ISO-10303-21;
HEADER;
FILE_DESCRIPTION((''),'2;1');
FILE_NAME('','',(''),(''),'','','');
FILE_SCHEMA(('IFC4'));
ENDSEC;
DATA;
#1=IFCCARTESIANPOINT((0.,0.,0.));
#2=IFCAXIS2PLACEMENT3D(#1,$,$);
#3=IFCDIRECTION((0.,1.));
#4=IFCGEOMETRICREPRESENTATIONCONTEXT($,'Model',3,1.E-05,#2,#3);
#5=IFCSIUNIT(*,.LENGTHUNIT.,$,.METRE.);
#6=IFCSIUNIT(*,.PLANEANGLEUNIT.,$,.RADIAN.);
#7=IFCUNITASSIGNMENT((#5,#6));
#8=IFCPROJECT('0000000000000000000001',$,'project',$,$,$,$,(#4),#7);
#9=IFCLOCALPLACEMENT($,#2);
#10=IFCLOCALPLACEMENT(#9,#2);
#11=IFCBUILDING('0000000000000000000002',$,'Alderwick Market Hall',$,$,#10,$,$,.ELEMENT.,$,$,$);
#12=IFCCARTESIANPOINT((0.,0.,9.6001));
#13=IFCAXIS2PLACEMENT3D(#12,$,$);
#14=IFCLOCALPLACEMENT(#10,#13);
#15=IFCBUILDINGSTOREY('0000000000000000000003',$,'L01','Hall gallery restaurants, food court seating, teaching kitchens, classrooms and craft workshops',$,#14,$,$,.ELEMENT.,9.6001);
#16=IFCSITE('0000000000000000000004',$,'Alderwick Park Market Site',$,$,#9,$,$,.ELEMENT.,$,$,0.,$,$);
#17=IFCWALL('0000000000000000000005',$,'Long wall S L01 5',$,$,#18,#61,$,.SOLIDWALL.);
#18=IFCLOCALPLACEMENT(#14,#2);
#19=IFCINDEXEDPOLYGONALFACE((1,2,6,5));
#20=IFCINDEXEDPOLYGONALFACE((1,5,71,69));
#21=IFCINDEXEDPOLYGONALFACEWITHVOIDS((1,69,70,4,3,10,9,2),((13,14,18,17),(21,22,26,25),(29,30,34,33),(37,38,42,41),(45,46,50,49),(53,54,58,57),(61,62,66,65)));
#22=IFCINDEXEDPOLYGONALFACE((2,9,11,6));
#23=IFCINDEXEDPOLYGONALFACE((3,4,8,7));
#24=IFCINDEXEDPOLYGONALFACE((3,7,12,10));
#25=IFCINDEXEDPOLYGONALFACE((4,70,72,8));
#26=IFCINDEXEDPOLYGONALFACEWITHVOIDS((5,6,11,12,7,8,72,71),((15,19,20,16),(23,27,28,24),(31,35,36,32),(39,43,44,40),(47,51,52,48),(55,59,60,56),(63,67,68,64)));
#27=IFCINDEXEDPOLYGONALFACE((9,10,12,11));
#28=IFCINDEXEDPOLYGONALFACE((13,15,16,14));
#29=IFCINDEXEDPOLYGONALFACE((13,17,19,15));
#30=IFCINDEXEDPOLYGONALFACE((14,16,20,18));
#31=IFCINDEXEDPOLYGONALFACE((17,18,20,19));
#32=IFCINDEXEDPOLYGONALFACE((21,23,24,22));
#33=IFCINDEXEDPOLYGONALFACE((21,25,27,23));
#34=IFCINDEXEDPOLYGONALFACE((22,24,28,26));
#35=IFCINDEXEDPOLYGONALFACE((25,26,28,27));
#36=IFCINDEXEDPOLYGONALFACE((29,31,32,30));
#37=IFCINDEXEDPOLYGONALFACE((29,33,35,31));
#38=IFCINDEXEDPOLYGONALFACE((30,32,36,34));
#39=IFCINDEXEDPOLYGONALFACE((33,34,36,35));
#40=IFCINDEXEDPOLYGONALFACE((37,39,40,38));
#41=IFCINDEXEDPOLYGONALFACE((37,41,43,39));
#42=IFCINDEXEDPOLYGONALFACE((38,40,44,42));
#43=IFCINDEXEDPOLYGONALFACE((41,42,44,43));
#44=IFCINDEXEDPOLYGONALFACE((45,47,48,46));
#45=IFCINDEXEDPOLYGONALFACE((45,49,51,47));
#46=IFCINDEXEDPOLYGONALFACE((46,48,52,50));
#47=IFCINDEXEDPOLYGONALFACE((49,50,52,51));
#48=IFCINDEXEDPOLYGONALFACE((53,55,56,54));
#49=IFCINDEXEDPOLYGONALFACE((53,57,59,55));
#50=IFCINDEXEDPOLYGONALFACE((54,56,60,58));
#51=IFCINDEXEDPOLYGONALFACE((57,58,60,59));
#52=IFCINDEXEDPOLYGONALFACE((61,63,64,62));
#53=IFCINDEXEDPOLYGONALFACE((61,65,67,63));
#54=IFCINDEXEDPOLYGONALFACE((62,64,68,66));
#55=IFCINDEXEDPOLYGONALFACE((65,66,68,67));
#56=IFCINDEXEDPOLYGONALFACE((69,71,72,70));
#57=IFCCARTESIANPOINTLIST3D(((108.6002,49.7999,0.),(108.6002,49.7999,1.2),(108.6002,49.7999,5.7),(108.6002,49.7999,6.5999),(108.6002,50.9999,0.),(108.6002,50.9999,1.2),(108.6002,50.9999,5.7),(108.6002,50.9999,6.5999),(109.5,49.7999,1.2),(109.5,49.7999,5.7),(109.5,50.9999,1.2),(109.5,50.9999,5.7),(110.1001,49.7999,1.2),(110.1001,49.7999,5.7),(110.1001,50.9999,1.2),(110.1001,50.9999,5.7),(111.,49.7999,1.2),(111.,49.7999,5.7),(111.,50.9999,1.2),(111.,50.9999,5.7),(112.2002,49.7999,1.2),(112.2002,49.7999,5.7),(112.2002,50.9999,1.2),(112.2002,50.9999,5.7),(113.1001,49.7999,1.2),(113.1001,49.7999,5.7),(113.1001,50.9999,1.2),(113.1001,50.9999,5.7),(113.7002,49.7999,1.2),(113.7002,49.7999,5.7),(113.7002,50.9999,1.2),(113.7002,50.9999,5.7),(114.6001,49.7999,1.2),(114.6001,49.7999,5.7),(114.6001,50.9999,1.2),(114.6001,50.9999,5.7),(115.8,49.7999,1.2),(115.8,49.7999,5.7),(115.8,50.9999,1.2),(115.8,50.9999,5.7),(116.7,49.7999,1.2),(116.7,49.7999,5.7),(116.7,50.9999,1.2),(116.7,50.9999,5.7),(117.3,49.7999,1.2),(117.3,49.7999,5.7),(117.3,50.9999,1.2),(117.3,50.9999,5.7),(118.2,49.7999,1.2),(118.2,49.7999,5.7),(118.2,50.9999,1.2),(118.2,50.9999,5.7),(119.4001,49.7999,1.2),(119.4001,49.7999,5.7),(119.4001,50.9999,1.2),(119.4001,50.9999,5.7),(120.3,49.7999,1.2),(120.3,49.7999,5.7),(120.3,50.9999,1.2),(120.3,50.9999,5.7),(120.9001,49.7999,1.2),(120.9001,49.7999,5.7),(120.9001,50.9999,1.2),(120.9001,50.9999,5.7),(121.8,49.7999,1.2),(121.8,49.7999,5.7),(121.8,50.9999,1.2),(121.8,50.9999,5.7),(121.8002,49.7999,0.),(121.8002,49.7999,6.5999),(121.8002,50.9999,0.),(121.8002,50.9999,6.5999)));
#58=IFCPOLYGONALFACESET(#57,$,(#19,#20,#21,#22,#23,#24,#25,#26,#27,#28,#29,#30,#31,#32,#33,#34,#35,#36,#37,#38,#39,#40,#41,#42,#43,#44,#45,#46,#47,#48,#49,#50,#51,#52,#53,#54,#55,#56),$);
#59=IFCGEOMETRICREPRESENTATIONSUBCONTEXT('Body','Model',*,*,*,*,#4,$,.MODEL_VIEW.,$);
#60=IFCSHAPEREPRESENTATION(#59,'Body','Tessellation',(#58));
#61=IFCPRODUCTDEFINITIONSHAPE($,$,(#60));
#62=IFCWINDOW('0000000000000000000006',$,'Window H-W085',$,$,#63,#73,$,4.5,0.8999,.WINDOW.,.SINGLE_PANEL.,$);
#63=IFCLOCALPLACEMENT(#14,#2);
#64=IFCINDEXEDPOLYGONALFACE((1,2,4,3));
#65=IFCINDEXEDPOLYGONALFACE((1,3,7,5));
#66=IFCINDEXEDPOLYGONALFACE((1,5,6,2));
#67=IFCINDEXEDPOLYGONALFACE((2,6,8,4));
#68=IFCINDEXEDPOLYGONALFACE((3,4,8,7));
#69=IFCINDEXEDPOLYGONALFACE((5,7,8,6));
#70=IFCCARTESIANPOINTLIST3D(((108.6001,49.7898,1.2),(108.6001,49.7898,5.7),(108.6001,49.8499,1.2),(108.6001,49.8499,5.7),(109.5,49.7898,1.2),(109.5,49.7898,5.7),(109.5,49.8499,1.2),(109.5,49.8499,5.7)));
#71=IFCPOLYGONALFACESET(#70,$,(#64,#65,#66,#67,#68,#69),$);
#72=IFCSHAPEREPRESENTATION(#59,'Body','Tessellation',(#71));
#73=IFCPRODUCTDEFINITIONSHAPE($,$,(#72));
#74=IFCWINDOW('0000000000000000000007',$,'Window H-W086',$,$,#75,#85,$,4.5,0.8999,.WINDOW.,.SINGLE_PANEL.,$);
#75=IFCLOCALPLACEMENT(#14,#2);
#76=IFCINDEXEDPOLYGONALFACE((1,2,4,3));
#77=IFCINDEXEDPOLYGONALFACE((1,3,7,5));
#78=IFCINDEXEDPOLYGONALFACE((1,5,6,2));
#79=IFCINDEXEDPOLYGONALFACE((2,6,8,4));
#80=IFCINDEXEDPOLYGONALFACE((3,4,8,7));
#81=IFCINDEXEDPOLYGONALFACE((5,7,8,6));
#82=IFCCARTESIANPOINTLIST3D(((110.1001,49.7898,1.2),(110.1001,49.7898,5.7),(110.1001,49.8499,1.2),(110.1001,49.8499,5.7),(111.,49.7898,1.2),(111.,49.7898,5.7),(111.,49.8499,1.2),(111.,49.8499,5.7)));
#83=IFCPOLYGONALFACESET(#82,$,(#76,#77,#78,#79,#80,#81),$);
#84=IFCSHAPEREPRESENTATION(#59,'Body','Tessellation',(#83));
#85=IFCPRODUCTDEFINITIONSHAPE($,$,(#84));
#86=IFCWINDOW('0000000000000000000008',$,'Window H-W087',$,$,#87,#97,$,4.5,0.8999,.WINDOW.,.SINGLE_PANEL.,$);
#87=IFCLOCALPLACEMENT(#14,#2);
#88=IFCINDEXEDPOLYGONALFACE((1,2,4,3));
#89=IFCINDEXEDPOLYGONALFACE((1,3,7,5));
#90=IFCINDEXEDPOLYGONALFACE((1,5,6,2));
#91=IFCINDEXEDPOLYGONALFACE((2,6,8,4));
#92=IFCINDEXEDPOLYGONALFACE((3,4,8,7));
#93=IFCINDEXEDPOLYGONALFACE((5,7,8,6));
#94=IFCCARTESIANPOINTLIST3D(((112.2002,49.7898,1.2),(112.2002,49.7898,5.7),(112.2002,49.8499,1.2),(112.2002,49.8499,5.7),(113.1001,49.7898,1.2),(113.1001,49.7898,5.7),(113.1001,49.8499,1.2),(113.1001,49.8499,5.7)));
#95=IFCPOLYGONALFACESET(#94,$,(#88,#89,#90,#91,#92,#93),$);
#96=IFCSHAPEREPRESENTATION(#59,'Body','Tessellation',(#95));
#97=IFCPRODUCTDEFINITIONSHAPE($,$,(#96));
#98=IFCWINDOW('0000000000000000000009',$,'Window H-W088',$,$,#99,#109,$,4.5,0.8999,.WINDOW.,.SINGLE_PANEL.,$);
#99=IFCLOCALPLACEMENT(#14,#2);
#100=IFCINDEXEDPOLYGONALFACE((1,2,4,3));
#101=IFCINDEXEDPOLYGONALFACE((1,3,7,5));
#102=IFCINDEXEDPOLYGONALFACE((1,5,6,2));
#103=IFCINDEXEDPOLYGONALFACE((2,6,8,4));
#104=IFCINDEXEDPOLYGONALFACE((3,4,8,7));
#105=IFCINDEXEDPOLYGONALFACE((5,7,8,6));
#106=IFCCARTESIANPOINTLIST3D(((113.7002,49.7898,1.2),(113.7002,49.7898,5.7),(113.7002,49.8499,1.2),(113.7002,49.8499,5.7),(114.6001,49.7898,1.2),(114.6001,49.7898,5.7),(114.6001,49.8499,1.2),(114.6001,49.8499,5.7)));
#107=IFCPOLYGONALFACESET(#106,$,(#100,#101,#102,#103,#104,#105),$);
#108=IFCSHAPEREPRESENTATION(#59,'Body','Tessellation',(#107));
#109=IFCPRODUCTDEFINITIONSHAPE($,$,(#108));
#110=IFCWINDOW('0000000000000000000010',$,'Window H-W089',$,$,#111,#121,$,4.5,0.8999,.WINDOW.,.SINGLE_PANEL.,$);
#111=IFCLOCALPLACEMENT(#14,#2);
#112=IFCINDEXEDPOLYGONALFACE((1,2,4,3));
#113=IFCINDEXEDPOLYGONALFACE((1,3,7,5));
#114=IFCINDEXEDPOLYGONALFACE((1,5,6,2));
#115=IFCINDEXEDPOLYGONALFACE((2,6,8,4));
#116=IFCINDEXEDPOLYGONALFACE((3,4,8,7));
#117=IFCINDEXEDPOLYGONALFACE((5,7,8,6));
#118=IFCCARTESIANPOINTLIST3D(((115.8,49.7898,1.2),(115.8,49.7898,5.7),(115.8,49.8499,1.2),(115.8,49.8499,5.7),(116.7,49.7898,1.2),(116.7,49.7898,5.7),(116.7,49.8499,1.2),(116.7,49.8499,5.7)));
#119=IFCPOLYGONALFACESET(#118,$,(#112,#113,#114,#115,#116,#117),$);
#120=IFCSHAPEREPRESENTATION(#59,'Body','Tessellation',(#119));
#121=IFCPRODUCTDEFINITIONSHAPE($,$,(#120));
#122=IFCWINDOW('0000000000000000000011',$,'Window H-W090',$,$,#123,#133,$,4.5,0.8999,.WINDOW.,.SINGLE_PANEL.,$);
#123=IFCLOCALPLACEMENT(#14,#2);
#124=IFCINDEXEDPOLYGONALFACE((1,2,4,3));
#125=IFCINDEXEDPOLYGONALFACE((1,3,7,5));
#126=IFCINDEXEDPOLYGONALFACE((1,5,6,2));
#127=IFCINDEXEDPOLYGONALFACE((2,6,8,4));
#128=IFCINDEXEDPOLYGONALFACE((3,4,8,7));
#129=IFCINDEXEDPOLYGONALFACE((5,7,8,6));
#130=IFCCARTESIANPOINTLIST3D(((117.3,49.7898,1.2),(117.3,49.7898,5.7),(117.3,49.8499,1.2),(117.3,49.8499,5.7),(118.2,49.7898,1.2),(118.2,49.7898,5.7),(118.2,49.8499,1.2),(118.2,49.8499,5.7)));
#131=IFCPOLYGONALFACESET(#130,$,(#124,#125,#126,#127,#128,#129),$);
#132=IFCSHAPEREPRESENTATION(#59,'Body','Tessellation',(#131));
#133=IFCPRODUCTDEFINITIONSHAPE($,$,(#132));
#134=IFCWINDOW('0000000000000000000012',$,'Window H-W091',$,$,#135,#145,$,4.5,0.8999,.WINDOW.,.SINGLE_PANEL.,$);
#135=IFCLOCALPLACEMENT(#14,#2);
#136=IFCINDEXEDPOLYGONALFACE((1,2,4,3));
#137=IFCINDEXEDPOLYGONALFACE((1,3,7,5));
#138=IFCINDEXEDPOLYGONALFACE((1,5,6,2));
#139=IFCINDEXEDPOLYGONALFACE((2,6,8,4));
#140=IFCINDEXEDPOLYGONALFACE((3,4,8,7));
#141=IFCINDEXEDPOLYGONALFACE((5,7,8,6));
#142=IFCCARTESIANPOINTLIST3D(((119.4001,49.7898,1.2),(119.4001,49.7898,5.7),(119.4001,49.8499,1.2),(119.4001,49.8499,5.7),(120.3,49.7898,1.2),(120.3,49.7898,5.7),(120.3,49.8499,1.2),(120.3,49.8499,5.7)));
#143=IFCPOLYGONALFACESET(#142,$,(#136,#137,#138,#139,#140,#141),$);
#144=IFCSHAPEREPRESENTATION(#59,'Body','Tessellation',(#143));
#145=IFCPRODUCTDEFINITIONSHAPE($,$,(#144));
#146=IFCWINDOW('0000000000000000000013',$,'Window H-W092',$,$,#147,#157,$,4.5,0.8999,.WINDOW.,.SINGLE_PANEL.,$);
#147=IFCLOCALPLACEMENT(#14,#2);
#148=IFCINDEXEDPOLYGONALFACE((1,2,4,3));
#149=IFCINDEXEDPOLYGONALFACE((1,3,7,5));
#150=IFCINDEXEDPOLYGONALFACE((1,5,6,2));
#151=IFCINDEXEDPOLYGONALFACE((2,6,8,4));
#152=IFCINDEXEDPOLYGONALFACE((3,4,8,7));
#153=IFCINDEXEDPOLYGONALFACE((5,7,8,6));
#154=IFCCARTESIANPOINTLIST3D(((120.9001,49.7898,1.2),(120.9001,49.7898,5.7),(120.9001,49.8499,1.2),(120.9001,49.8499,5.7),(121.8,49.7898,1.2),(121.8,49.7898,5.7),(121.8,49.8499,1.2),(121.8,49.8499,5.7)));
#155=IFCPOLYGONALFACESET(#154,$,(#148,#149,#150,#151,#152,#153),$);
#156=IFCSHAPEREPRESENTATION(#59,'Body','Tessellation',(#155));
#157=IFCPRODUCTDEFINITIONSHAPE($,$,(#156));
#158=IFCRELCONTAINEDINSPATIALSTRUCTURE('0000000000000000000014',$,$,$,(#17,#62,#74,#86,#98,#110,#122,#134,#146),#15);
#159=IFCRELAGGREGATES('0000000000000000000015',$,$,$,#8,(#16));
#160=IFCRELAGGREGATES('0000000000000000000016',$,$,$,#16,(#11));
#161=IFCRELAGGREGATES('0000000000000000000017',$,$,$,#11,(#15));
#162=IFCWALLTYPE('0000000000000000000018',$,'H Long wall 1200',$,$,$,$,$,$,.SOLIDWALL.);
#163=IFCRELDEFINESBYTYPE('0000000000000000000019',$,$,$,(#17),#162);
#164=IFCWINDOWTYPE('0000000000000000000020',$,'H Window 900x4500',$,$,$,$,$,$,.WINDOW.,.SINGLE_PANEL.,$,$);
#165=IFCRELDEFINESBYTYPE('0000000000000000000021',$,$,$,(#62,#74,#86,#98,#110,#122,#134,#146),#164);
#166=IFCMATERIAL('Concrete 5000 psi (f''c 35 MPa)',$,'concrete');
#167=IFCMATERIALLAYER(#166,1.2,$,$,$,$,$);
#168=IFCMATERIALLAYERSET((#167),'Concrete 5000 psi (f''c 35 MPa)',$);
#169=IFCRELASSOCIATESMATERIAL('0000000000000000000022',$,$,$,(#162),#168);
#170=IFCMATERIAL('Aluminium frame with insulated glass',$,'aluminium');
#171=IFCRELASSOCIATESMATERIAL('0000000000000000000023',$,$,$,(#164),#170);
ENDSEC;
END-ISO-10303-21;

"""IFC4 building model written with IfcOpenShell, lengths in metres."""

from ifc_helpers import new_model, si_unit, direction, frame, frame_2d, origin, place, context, subcontext, project, spatial, rectangle, extrude, material, layer, layer_set, type_object, element, fill, save


model = new_model("IFC4")

# Units and contexts
model_context = context("Model", 3, precision=1e-05, world=origin(), true_north=direction((0.0, 1.0)))
body_context = subcontext(model_context, "Body", "Model", "MODEL_VIEW")
ifc_project = project(units=[si_unit("LENGTHUNIT", "METRE"), si_unit("PLANEANGLEUNIT", "RADIAN")], contexts=[model_context])

# Site, building, storey
site_placement = place(None, origin())
site = spatial("IfcSite", under=ifc_project, at=site_placement, Name="Alderwick Park Market Site", CompositionType="ELEMENT", RefElevation=0.0)
building_placement = place(site_placement, origin())
building = spatial("IfcBuilding", under=site, at=building_placement, Name="Alderwick Market Hall", CompositionType="ELEMENT")
storey_placement = place(building_placement, frame((0.0, 0.0, 9.6001)))
storey = spatial("IfcBuildingStorey", under=building, at=storey_placement, Name="L01", Description="Hall gallery restaurants, food court seating, teaching kitchens, classrooms and craft workshops", CompositionType="ELEMENT", Elevation=9.6001)

# Shared definitions
ifc_material_1 = material(Name="Concrete 5000 psi (f'c 35 MPa)", Category="concrete")

# Wall, openings, windows
ifc_layer_1 = layer(ifc_material_1, 1.2)
ifc_layer_set_1 = layer_set([ifc_layer_1], Name="Concrete 5000 psi (f'c 35 MPa)")
wall_type_1 = type_object("IfcWallType", Name="H Long wall 1200", PredefinedType="SOLIDWALL", material=ifc_layer_set_1)
wall_1_placement = place(storey_placement, frame((108.6001, 50.3999, 0.0), z_axis=(0.0, 0.0, 1.0), x_axis=(1.0, 0.0, 0.0)))
wall_1 = element("IfcWall", 1, at=wall_1_placement, inside=storey, type_object=wall_type_1, Name="Long wall S L01 5", PredefinedType="SOLIDWALL", context=body_context, shape_type="SweptSolid", body=[
    extrude(rectangle(XDim=13.2, YDim=1.2, at=frame_2d((6.6001, 0.0))), origin(), (0.0, 0.0, 1.0), 6.5999),
])
opening_1_placement = place(wall_1_placement, frame((0.0, 0.0, 1.2)))
opening_1 = element("IfcOpeningElement", 2, at=opening_1_placement, cuts=wall_1, PredefinedType="OPENING", context=body_context, shape_type="SweptSolid", body=[
    extrude(rectangle(XDim=0.8999, YDim=4.5, at=frame_2d((0.45, 2.25))), frame((0.0, 0.6099, 0.0), z_axis=(0.0, -1.0, 0.0), x_axis=(1.0, 0.0, 0.0)), (0.0, 0.0, 1.0), 1.22),
])
opening_2_placement = place(wall_1_placement, frame((1.5, 0.0, 1.2)))
opening_2 = element("IfcOpeningElement", 3, at=opening_2_placement, cuts=wall_1, PredefinedType="OPENING", context=body_context, shape_type="SweptSolid", body=[
    extrude(rectangle(XDim=0.8999, YDim=4.5, at=frame_2d((0.45, 2.25))), frame((0.0, 0.6099, 0.0), z_axis=(0.0, -1.0, 0.0), x_axis=(1.0, 0.0, 0.0)), (0.0, 0.0, 1.0), 1.22),
])
opening_3_placement = place(wall_1_placement, frame((3.6001, 0.0, 1.2)))
opening_3 = element("IfcOpeningElement", 4, at=opening_3_placement, cuts=wall_1, PredefinedType="OPENING", context=body_context, shape_type="SweptSolid", body=[
    extrude(rectangle(XDim=0.8999, YDim=4.5, at=frame_2d((0.45, 2.25))), frame((0.0, 0.6099, 0.0), z_axis=(0.0, -1.0, 0.0), x_axis=(1.0, 0.0, 0.0)), (0.0, 0.0, 1.0), 1.22),
])
opening_4_placement = place(wall_1_placement, frame((5.1001, 0.0, 1.2)))
opening_4 = element("IfcOpeningElement", 5, at=opening_4_placement, cuts=wall_1, PredefinedType="OPENING", context=body_context, shape_type="SweptSolid", body=[
    extrude(rectangle(XDim=0.8999, YDim=4.5, at=frame_2d((0.45, 2.25))), frame((0.0, 0.6099, 0.0), z_axis=(0.0, -1.0, 0.0), x_axis=(1.0, 0.0, 0.0)), (0.0, 0.0, 1.0), 1.22),
])
opening_5_placement = place(wall_1_placement, frame((7.2, 0.0, 1.2)))
opening_5 = element("IfcOpeningElement", 6, at=opening_5_placement, cuts=wall_1, PredefinedType="OPENING", context=body_context, shape_type="SweptSolid", body=[
    extrude(rectangle(XDim=0.8999, YDim=4.5, at=frame_2d((0.45, 2.25))), frame((0.0, 0.6099, 0.0), z_axis=(0.0, -1.0, 0.0), x_axis=(1.0, 0.0, 0.0)), (0.0, 0.0, 1.0), 1.22),
])
opening_6_placement = place(wall_1_placement, frame((8.7, 0.0, 1.2)))
opening_6 = element("IfcOpeningElement", 7, at=opening_6_placement, cuts=wall_1, PredefinedType="OPENING", context=body_context, shape_type="SweptSolid", body=[
    extrude(rectangle(XDim=0.8999, YDim=4.5, at=frame_2d((0.45, 2.25))), frame((0.0, 0.6099, 0.0), z_axis=(0.0, -1.0, 0.0), x_axis=(1.0, 0.0, 0.0)), (0.0, 0.0, 1.0), 1.22),
])
opening_7_placement = place(wall_1_placement, frame((10.8, 0.0, 1.2)))
opening_7 = element("IfcOpeningElement", 8, at=opening_7_placement, cuts=wall_1, PredefinedType="OPENING", context=body_context, shape_type="SweptSolid", body=[
    extrude(rectangle(XDim=0.8999, YDim=4.5, at=frame_2d((0.45, 2.25))), frame((0.0, 0.6099, 0.0), z_axis=(0.0, -1.0, 0.0), x_axis=(1.0, 0.0, 0.0)), (0.0, 0.0, 1.0), 1.22),
])
opening_8_placement = place(wall_1_placement, frame((12.3, 0.0, 1.2)))
opening_8 = element("IfcOpeningElement", 9, at=opening_8_placement, cuts=wall_1, PredefinedType="OPENING", context=body_context, shape_type="SweptSolid", body=[
    extrude(rectangle(XDim=0.8999, YDim=4.5, at=frame_2d((0.45, 2.25))), frame((0.0, 0.6099, 0.0), z_axis=(0.0, -1.0, 0.0), x_axis=(1.0, 0.0, 0.0)), (0.0, 0.0, 1.0), 1.22),
])
ifc_material_2 = material(Name="Aluminium frame with insulated glass", Category="aluminium")
window_type = type_object("IfcWindowType", Name="H Window 900x4500", PartitioningType="SINGLE_PANEL", PredefinedType="WINDOW", material=ifc_material_2)
window_1_placement = place(opening_1_placement, origin())
window_1 = element("IfcWindow", 10, at=window_1_placement, inside=storey, type_object=window_type, Name="Window H-W085", OverallHeight=4.5, OverallWidth=0.8999, PartitioningType="SINGLE_PANEL", PredefinedType="WINDOW", context=body_context, shape_type="SweptSolid", body=[
    extrude(rectangle(XDim=0.8999, YDim=4.5, at=frame_2d((0.45, 2.25))), frame((0.0, -0.55, 0.0), z_axis=(0.0, -1.0, 0.0), x_axis=(1.0, 0.0, 0.0)), (0.0, 0.0, 1.0), 0.0601),
])
fill(opening_1, window_1)
window_2_placement = place(opening_2_placement, origin())
window_2 = element("IfcWindow", 11, at=window_2_placement, inside=storey, type_object=window_type, Name="Window H-W086", OverallHeight=4.5, OverallWidth=0.8999, PartitioningType="SINGLE_PANEL", PredefinedType="WINDOW", context=body_context, shape_type="SweptSolid", body=[
    extrude(rectangle(XDim=0.8999, YDim=4.5, at=frame_2d((0.45, 2.25))), frame((0.0, -0.55, 0.0), z_axis=(0.0, -1.0, 0.0), x_axis=(1.0, 0.0, 0.0)), (0.0, 0.0, 1.0), 0.0601),
])
fill(opening_2, window_2)
window_3_placement = place(opening_3_placement, origin())
window_3 = element("IfcWindow", 12, at=window_3_placement, inside=storey, type_object=window_type, Name="Window H-W087", OverallHeight=4.5, OverallWidth=0.8999, PartitioningType="SINGLE_PANEL", PredefinedType="WINDOW", context=body_context, shape_type="SweptSolid", body=[
    extrude(rectangle(XDim=0.8999, YDim=4.5, at=frame_2d((0.45, 2.25))), frame((0.0, -0.55, 0.0), z_axis=(0.0, -1.0, 0.0), x_axis=(1.0, 0.0, 0.0)), (0.0, 0.0, 1.0), 0.0601),
])
fill(opening_3, window_3)
window_4_placement = place(opening_4_placement, origin())
window_4 = element("IfcWindow", 13, at=window_4_placement, inside=storey, type_object=window_type, Name="Window H-W088", OverallHeight=4.5, OverallWidth=0.8999, PartitioningType="SINGLE_PANEL", PredefinedType="WINDOW", context=body_context, shape_type="SweptSolid", body=[
    extrude(rectangle(XDim=0.8999, YDim=4.5, at=frame_2d((0.45, 2.25))), frame((0.0, -0.55, 0.0), z_axis=(0.0, -1.0, 0.0), x_axis=(1.0, 0.0, 0.0)), (0.0, 0.0, 1.0), 0.0601),
])
fill(opening_4, window_4)
window_5_placement = place(opening_5_placement, origin())
window_5 = element("IfcWindow", 14, at=window_5_placement, inside=storey, type_object=window_type, Name="Window H-W089", OverallHeight=4.5, OverallWidth=0.8999, PartitioningType="SINGLE_PANEL", PredefinedType="WINDOW", context=body_context, shape_type="SweptSolid", body=[
    extrude(rectangle(XDim=0.8999, YDim=4.5, at=frame_2d((0.45, 2.25))), frame((0.0, -0.55, 0.0), z_axis=(0.0, -1.0, 0.0), x_axis=(1.0, 0.0, 0.0)), (0.0, 0.0, 1.0), 0.0601),
])
fill(opening_5, window_5)
window_6_placement = place(opening_6_placement, origin())
window_6 = element("IfcWindow", 15, at=window_6_placement, inside=storey, type_object=window_type, Name="Window H-W090", OverallHeight=4.5, OverallWidth=0.8999, PartitioningType="SINGLE_PANEL", PredefinedType="WINDOW", context=body_context, shape_type="SweptSolid", body=[
    extrude(rectangle(XDim=0.8999, YDim=4.5, at=frame_2d((0.45, 2.25))), frame((0.0, -0.55, 0.0), z_axis=(0.0, -1.0, 0.0), x_axis=(1.0, 0.0, 0.0)), (0.0, 0.0, 1.0), 0.0601),
])
fill(opening_6, window_6)
window_7_placement = place(opening_7_placement, origin())
window_7 = element("IfcWindow", 16, at=window_7_placement, inside=storey, type_object=window_type, Name="Window H-W091", OverallHeight=4.5, OverallWidth=0.8999, PartitioningType="SINGLE_PANEL", PredefinedType="WINDOW", context=body_context, shape_type="SweptSolid", body=[
    extrude(rectangle(XDim=0.8999, YDim=4.5, at=frame_2d((0.45, 2.25))), frame((0.0, -0.55, 0.0), z_axis=(0.0, -1.0, 0.0), x_axis=(1.0, 0.0, 0.0)), (0.0, 0.0, 1.0), 0.0601),
])
fill(opening_7, window_7)
window_8_placement = place(opening_8_placement, origin())
window_8 = element("IfcWindow", 17, at=window_8_placement, inside=storey, type_object=window_type, Name="Window H-W092", OverallHeight=4.5, OverallWidth=0.8999, PartitioningType="SINGLE_PANEL", PredefinedType="WINDOW", context=body_context, shape_type="SweptSolid", body=[
    extrude(rectangle(XDim=0.8999, YDim=4.5, at=frame_2d((0.45, 2.25))), frame((0.0, -0.55, 0.0), z_axis=(0.0, -1.0, 0.0), x_axis=(1.0, 0.0, 0.0)), (0.0, 0.0, 1.0), 0.0601),
])
fill(opening_8, window_8)

save(model, "model.ifc")
